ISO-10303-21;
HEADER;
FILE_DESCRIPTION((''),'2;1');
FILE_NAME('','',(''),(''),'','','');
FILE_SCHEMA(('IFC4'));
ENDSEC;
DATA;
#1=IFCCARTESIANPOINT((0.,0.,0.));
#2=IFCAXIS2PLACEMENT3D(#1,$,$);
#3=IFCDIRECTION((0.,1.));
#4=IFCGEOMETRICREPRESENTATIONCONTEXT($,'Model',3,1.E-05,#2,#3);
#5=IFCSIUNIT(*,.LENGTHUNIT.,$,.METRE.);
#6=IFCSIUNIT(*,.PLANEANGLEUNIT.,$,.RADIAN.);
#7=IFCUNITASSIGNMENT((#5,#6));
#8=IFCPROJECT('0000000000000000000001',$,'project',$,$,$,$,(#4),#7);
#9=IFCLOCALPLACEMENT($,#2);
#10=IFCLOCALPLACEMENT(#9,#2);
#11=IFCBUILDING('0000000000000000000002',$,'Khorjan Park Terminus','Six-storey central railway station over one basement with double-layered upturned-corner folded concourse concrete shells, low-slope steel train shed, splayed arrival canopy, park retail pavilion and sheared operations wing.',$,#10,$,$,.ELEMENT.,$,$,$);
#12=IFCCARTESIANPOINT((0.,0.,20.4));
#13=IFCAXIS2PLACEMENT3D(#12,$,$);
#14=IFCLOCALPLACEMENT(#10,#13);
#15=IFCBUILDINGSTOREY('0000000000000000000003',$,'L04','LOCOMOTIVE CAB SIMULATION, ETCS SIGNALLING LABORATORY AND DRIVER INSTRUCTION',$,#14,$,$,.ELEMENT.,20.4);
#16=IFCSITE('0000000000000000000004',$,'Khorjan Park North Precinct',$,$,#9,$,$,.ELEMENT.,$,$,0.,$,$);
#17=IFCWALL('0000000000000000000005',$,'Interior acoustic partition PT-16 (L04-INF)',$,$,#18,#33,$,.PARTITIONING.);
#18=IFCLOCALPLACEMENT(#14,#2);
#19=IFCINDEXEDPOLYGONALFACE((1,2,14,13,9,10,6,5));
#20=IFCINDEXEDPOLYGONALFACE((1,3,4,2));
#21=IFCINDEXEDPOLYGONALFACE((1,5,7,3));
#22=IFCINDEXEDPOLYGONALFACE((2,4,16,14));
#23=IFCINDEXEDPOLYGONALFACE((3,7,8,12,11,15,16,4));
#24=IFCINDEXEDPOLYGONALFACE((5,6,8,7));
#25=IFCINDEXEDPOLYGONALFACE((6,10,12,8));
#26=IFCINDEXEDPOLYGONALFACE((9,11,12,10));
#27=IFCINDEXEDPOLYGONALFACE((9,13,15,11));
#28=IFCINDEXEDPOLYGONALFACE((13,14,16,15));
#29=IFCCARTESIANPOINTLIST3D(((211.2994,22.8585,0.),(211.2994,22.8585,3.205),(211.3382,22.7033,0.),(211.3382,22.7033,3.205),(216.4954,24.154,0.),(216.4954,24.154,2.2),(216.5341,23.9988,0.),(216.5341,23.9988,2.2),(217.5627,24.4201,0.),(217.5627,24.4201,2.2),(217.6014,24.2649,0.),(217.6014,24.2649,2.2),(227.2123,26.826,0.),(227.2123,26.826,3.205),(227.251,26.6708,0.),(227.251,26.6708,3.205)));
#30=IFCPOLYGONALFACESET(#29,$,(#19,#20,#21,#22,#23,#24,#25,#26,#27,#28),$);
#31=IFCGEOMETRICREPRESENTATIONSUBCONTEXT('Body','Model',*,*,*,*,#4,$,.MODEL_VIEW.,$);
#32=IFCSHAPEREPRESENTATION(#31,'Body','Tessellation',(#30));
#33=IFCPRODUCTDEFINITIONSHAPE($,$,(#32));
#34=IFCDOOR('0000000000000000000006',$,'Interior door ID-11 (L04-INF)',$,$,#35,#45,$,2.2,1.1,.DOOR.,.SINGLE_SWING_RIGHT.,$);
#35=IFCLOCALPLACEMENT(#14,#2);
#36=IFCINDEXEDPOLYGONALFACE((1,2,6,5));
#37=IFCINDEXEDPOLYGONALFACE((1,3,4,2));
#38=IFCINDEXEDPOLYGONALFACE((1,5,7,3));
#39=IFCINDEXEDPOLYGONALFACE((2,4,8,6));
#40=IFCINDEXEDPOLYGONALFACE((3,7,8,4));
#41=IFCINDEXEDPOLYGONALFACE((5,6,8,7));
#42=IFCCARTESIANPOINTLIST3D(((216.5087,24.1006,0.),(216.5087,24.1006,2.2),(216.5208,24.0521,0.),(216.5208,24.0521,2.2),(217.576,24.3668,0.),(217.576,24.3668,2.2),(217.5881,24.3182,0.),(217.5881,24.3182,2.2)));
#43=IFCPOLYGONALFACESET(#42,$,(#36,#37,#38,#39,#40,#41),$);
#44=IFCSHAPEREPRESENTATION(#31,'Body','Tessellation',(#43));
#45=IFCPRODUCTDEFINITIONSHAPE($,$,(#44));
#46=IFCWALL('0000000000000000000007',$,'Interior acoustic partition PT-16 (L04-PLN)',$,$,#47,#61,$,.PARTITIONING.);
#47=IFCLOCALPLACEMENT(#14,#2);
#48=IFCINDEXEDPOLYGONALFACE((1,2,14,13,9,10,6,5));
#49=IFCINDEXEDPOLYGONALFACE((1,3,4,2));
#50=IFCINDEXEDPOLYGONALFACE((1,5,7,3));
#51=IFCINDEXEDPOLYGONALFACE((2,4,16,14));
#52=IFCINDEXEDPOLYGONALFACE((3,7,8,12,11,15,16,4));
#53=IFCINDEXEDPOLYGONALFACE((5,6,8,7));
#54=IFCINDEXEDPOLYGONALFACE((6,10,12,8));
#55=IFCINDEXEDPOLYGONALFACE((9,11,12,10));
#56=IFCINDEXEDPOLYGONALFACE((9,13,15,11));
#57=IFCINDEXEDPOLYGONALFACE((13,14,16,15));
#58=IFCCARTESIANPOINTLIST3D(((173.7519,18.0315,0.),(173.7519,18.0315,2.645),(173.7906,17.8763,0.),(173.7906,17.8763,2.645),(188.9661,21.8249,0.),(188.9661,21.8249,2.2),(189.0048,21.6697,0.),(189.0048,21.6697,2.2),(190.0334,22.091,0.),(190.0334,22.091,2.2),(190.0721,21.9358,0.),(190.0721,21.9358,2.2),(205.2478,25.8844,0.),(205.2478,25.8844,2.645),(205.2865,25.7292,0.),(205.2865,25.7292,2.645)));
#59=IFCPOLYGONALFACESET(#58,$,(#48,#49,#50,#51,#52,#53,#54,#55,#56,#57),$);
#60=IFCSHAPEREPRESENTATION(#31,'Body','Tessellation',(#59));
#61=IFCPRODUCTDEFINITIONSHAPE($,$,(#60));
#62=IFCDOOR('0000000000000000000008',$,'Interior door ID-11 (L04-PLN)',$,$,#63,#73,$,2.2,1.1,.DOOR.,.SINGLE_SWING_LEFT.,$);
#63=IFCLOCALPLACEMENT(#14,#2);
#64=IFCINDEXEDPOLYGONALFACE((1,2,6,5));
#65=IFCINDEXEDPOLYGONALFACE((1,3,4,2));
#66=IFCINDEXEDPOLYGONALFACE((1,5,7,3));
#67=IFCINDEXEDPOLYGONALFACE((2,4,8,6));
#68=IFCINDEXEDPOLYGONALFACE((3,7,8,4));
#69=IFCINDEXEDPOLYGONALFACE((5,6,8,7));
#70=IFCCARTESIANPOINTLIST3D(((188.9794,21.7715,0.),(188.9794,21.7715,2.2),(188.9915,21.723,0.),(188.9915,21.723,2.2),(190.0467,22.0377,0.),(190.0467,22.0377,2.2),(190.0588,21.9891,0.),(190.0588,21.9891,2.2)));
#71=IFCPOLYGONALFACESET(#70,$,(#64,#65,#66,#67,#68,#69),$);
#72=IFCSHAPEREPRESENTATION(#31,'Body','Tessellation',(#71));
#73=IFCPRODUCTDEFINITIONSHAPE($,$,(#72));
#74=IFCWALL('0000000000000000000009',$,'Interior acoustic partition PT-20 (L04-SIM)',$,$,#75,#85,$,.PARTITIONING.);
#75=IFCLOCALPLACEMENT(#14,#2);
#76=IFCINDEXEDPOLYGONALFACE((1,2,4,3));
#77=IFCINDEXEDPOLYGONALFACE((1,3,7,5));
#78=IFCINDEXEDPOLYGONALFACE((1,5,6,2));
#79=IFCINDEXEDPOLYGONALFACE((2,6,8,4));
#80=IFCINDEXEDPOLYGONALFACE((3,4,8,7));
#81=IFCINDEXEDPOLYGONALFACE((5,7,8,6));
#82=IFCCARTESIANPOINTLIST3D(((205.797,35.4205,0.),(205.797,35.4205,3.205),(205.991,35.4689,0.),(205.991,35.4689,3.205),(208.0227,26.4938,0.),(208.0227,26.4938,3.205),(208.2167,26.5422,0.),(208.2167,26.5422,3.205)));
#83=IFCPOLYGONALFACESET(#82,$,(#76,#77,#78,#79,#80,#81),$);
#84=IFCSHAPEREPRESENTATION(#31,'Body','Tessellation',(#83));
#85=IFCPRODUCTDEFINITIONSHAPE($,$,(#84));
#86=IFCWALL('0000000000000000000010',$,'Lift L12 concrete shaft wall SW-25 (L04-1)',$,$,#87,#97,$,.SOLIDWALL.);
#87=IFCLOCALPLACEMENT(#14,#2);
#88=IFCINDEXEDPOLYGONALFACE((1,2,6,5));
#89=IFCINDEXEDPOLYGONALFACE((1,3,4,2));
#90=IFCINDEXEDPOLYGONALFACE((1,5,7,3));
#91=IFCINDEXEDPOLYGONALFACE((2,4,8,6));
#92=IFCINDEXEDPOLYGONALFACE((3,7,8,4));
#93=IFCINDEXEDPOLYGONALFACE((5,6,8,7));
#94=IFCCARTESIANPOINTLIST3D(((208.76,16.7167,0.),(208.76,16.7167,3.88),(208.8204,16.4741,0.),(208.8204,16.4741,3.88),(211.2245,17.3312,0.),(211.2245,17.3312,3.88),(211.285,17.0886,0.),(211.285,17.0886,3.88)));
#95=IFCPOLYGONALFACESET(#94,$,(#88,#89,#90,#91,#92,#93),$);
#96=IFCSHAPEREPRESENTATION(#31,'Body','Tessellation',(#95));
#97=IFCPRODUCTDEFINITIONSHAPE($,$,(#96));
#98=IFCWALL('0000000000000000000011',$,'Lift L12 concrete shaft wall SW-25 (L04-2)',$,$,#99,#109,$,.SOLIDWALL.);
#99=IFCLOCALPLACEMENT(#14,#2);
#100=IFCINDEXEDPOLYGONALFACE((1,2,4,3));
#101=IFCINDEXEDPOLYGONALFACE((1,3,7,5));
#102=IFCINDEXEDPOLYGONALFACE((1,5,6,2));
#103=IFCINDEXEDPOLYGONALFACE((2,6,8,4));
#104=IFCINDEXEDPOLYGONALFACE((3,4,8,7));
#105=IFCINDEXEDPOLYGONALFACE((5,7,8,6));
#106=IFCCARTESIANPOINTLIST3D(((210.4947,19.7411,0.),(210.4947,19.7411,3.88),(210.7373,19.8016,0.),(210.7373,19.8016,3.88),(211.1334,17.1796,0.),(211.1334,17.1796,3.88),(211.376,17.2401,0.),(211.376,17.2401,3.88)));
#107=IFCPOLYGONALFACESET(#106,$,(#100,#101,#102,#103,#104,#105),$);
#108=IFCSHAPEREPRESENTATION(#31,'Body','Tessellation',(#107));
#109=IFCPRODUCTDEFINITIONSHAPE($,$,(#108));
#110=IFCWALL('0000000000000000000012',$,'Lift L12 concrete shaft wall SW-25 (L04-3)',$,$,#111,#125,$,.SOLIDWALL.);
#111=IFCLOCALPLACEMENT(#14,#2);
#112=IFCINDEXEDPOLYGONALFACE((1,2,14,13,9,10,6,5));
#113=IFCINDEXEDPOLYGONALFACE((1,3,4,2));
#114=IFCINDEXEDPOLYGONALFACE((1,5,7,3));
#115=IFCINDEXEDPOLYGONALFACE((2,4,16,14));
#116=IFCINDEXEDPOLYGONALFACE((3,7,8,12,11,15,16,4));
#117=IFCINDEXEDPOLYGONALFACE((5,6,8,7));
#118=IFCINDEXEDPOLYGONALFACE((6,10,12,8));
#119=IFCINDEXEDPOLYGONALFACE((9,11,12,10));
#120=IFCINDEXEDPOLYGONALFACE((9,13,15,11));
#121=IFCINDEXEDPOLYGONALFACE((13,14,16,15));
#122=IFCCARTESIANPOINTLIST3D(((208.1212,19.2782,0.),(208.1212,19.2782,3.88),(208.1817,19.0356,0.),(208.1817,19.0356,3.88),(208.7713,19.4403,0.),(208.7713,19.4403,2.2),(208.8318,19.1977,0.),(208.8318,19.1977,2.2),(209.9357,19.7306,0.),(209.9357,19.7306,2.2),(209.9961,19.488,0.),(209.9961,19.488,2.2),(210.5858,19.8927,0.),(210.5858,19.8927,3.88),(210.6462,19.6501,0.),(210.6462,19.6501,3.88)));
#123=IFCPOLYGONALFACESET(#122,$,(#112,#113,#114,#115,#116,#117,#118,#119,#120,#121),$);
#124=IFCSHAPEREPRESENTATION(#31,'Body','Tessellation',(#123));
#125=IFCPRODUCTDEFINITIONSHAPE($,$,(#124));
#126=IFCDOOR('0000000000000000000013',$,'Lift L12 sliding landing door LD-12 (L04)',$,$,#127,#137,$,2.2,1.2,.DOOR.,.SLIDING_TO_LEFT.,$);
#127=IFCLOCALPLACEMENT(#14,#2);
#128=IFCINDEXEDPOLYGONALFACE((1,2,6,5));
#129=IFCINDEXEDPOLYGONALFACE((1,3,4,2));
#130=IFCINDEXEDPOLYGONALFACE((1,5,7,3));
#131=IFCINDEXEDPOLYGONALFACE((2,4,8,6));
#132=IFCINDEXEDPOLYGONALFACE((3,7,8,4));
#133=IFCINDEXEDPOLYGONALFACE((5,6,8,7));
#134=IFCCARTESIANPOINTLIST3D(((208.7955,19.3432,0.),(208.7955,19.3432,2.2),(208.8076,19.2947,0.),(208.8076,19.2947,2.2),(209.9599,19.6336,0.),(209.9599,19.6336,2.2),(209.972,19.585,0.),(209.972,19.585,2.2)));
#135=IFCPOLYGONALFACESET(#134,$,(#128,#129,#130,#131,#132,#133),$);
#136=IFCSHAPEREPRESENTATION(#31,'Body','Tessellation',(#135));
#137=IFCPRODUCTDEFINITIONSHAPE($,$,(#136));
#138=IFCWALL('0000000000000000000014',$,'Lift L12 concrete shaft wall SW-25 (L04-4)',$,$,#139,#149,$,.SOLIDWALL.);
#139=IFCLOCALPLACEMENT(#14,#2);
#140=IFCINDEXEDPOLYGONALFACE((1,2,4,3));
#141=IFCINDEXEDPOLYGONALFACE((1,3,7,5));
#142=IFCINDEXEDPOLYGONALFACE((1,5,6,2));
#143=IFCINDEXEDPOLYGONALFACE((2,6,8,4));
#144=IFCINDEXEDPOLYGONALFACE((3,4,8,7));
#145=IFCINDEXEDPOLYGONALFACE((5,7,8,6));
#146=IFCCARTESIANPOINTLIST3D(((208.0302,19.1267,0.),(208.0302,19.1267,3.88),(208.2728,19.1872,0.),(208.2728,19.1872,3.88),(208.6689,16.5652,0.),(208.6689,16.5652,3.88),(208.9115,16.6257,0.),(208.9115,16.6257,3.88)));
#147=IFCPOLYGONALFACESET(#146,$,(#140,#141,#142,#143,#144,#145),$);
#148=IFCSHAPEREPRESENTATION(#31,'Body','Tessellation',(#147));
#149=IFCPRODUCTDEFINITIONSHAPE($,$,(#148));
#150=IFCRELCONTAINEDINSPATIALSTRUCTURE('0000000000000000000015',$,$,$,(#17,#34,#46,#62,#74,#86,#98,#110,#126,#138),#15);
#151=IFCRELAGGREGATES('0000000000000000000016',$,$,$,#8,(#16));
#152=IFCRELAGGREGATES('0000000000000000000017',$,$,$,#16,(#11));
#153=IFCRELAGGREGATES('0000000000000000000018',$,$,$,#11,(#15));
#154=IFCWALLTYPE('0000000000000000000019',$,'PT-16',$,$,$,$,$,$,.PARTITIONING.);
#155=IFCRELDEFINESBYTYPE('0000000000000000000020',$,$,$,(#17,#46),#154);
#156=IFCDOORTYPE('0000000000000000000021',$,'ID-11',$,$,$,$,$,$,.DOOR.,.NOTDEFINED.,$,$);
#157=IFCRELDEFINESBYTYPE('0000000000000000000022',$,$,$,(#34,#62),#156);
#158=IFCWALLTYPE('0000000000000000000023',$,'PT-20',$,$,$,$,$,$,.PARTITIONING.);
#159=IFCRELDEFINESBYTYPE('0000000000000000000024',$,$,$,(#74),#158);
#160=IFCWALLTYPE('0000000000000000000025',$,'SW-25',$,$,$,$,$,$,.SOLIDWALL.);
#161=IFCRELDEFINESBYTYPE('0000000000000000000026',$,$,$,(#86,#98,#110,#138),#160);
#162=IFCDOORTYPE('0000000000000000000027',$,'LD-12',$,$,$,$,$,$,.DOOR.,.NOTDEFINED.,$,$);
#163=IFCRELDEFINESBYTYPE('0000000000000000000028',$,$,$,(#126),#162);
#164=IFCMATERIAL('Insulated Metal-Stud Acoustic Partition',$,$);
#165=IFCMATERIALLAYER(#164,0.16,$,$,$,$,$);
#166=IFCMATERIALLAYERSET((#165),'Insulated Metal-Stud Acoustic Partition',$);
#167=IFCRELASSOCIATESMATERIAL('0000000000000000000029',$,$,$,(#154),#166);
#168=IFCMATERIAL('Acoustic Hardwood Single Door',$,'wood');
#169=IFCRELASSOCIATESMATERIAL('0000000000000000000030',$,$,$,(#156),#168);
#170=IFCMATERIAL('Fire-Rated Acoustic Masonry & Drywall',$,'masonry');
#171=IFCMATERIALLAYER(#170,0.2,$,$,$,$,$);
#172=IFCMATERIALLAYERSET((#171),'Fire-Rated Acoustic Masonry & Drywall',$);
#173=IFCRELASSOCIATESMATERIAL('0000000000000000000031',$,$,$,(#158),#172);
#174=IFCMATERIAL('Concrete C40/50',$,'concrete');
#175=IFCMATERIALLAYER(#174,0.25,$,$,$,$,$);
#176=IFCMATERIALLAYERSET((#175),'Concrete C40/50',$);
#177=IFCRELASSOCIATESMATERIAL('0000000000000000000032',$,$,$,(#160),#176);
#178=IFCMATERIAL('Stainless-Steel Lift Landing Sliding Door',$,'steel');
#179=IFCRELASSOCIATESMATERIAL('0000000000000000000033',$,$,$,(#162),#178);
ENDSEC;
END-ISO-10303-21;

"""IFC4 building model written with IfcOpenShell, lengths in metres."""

from ifc_helpers import new_model, si_unit, direction, frame, frame_2d, origin, place, context, subcontext, project, spatial, rectangle, extrude, material, layer, layer_set, type_object, element, fill, save


model = new_model("IFC4")

# Units and contexts
model_context = context("Model", 3, precision=1e-05, world=origin(), true_north=direction((0.0, 1.0)))
body_context = subcontext(model_context, "Body", "Model", "MODEL_VIEW")
ifc_project = project(units=[si_unit("LENGTHUNIT", "METRE"), si_unit("PLANEANGLEUNIT", "RADIAN")], contexts=[model_context])

# Site, building, storey
site_placement = place(None, origin())
site = spatial("IfcSite", under=ifc_project, at=site_placement, Name="Khorjan Park North Precinct", CompositionType="ELEMENT", RefElevation=0.0)
building_placement = place(site_placement, origin())
building = spatial("IfcBuilding", under=site, at=building_placement, Name="Khorjan Park Terminus", Description="Six-storey central railway station over one basement with double-layered upturned-corner folded concourse concrete shells, low-slope steel train shed, splayed arrival canopy, park retail pavilion and sheared operations wing.", CompositionType="ELEMENT")
storey_placement = place(building_placement, frame((0.0, 0.0, 20.4)))
storey = spatial("IfcBuildingStorey", under=building, at=storey_placement, Name="L04", Description="LOCOMOTIVE CAB SIMULATION, ETCS SIGNALLING LABORATORY AND DRIVER INSTRUCTION", CompositionType="ELEMENT", Elevation=20.4)

# Walls, openings, doors
ifc_material_1 = material(Name="Insulated Metal-Stud Acoustic Partition")
ifc_layer_1 = layer(ifc_material_1, 0.16)
ifc_layer_set_1 = layer_set([ifc_layer_1], Name="Insulated Metal-Stud Acoustic Partition")
wall_type_1 = type_object("IfcWallType", Name="PT-16", PredefinedType="PARTITIONING", material=ifc_layer_set_1)
wall_1_placement = place(storey_placement, frame((211.3188, 22.7809, 0.0), z_axis=(0.0, 0.0, 1.0), x_axis=(0.970296, 0.24192, 0.0)))
wall_1 = element("IfcWall", 1, at=wall_1_placement, inside=storey, type_object=wall_type_1, Name="Interior acoustic partition PT-16 (L04-INF)", PredefinedType="PARTITIONING", context=body_context, shape_type="SweptSolid", body=[
    extrude(rectangle(XDim=16.4, YDim=0.16, at=frame_2d((8.2, 0.0))), origin(), (0.0, 0.0, 1.0), 3.205),
])
opening_1_placement = place(wall_1_placement, frame((5.355, 0.0, 0.0)))
opening_1 = element("IfcOpeningElement", 2, at=opening_1_placement, cuts=wall_1, PredefinedType="OPENING", context=body_context, shape_type="SweptSolid", body=[
    extrude(rectangle(XDim=1.1, YDim=2.2, at=frame_2d((0.55, 1.1))), frame((0.0, 0.09, 0.0), z_axis=(0.0, -1.0, 0.0), x_axis=(1.0, 0.0, 0.0)), (0.0, 0.0, 1.0), 0.18),
])
ifc_material_2 = material(Name="Acoustic Hardwood Single Door", Category="wood")
door_type_1 = type_object("IfcDoorType", Name="ID-11", OperationType="NOTDEFINED", PredefinedType="DOOR", material=ifc_material_2)
door_1_placement = place(opening_1_placement, origin())
door_1 = element("IfcDoor", 3, at=door_1_placement, inside=storey, type_object=door_type_1, Name="Interior door ID-11 (L04-INF)", OperationType="SINGLE_SWING_RIGHT", OverallHeight=2.2, OverallWidth=1.1, PredefinedType="DOOR", context=body_context, shape_type="SweptSolid", body=[
    extrude(rectangle(XDim=1.1, YDim=2.2, at=frame_2d((0.55, 1.1))), frame((0.0, 0.025, 0.0), z_axis=(0.0, -1.0, 0.0), x_axis=(1.0, 0.0, 0.0)), (0.0, 0.0, 1.0), 0.05),
])
fill(opening_1, door_1)
wall_2_placement = place(storey_placement, frame((205.2671, 25.8068, 0.0), z_axis=(0.0, 0.0, 1.0), x_axis=(-0.970295, -0.241925, 0.0)))
wall_2 = element("IfcWall", 4, at=wall_2_placement, inside=storey, type_object=wall_type_1, Name="Interior acoustic partition PT-16 (L04-PLN)", PredefinedType="PARTITIONING", context=body_context, shape_type="SweptSolid", body=[
    extrude(rectangle(XDim=32.4601, YDim=0.16, at=frame_2d((16.23, 0.0))), origin(), (0.0, 0.0, 1.0), 2.645),
])
opening_2_placement = place(wall_2_placement, frame((15.6801, 0.0, 0.0)))
opening_2 = element("IfcOpeningElement", 5, at=opening_2_placement, cuts=wall_2, PredefinedType="OPENING", context=body_context, shape_type="SweptSolid", body=[
    extrude(rectangle(XDim=1.1, YDim=2.2, at=frame_2d((0.55, 1.1))), frame((0.0, 0.09, 0.0), z_axis=(0.0, -1.0, 0.0), x_axis=(1.0, 0.0, 0.0)), (0.0, 0.0, 1.0), 0.18),
])
door_2_placement = place(opening_2_placement, origin())
door_2 = element("IfcDoor", 6, at=door_2_placement, inside=storey, type_object=door_type_1, Name="Interior door ID-11 (L04-PLN)", OperationType="SINGLE_SWING_LEFT", OverallHeight=2.2, OverallWidth=1.1, PredefinedType="DOOR", context=body_context, shape_type="SweptSolid", body=[
    extrude(rectangle(XDim=1.1, YDim=2.2, at=frame_2d((0.55, 1.1))), frame((0.0, 0.025, 0.0), z_axis=(0.0, -1.0, 0.0), x_axis=(1.0, 0.0, 0.0)), (0.0, 0.0, 1.0), 0.05),
])
fill(opening_2, door_2)

# Walls
ifc_material_3 = material(Name="Fire-Rated Acoustic Masonry & Drywall", Category="masonry")
ifc_layer_2 = layer(ifc_material_3, 0.2)
ifc_layer_set_2 = layer_set([ifc_layer_2], Name="Fire-Rated Acoustic Masonry & Drywall")
wall_type_2 = type_object("IfcWallType", Name="PT-20", PredefinedType="PARTITIONING", material=ifc_layer_set_2)
wall_3_placement = place(storey_placement, frame((208.1197, 26.518, 0.0), z_axis=(0.0, 0.0, 1.0), x_axis=(-0.241924, 0.970295, 0.0)))
element("IfcWall", 7, at=wall_3_placement, inside=storey, type_object=wall_type_2, Name="Interior acoustic partition PT-20 (L04-SIM)", PredefinedType="PARTITIONING", context=body_context, shape_type="SweptSolid", body=[
    extrude(rectangle(XDim=9.2, YDim=0.2, at=frame_2d((4.6, 0.0))), origin(), (0.0, 0.0, 1.0), 3.205),
])
ifc_material_4 = material(Name="Concrete C40/50", Category="concrete")
ifc_layer_3 = layer(ifc_material_4, 0.25)
ifc_layer_set_3 = layer_set([ifc_layer_3], Name="Concrete C40/50")
wall_type_3 = type_object("IfcWallType", Name="SW-25", PredefinedType="SOLIDWALL", material=ifc_layer_set_3)
wall_4_placement = place(storey_placement, frame((208.7902, 16.5954, 0.0), z_axis=(0.0, 0.0, 1.0), x_axis=(0.970293, 0.241933, 0.0)))
element("IfcWall", 8, at=wall_4_placement, inside=storey, type_object=wall_type_3, Name="Lift L12 concrete shaft wall SW-25 (L04-1)", PredefinedType="SOLIDWALL", context=body_context, shape_type="SweptSolid", body=[
    extrude(rectangle(XDim=2.54, YDim=0.25, at=frame_2d((1.27, 0.0))), origin(), (0.0, 0.0, 1.0), 3.88),
])
wall_5_placement = place(storey_placement, frame((211.2547, 17.2099, 0.0), z_axis=(0.0, 0.0, 1.0), x_axis=(-0.241938, 0.970292, 0.0)))
element("IfcWall", 9, at=wall_5_placement, inside=storey, type_object=wall_type_3, Name="Lift L12 concrete shaft wall SW-25 (L04-2)", PredefinedType="SOLIDWALL", context=body_context, shape_type="SweptSolid", body=[
    extrude(rectangle(XDim=2.6399, YDim=0.25, at=frame_2d((1.3199, 0.0))), origin(), (0.0, 0.0, 1.0), 3.88),
])

# Wall, opening, door
wall_6_placement = place(storey_placement, frame((210.616, 19.7714, 0.0), z_axis=(0.0, 0.0, 1.0), x_axis=(-0.970293, -0.241933, 0.0)))
wall_6 = element("IfcWall", 10, at=wall_6_placement, inside=storey, type_object=wall_type_3, Name="Lift L12 concrete shaft wall SW-25 (L04-3)", PredefinedType="SOLIDWALL", context=body_context, shape_type="SweptSolid", body=[
    extrude(rectangle(XDim=2.54, YDim=0.25, at=frame_2d((1.27, 0.0))), origin(), (0.0, 0.0, 1.0), 3.88),
])
opening_3_placement = place(wall_6_placement, frame((0.67, 0.0, 0.0)))
opening_3 = element("IfcOpeningElement", 11, at=opening_3_placement, cuts=wall_6, PredefinedType="OPENING", context=body_context, shape_type="SweptSolid", body=[
    extrude(rectangle(XDim=1.2, YDim=2.2, at=frame_2d((0.6, 1.1))), frame((0.0, 0.135, 0.0), z_axis=(0.0, -1.0, 0.0), x_axis=(1.0, 0.0, 0.0)), (0.0, 0.0, 1.0), 0.27),
])
ifc_material_5 = material(Name="Stainless-Steel Lift Landing Sliding Door", Category="steel")
door_type_2 = type_object("IfcDoorType", Name="LD-12", OperationType="NOTDEFINED", PredefinedType="DOOR", material=ifc_material_5)
door_3_placement = place(opening_3_placement, origin())
door_3 = element("IfcDoor", 12, at=door_3_placement, inside=storey, type_object=door_type_2, Name="Lift L12 sliding landing door LD-12 (L04)", OperationType="SLIDING_TO_LEFT", OverallHeight=2.2, OverallWidth=1.2, PredefinedType="DOOR", context=body_context, shape_type="SweptSolid", body=[
    extrude(rectangle(XDim=1.2, YDim=2.2, at=frame_2d((0.6, 1.1))), frame((0.0, 0.025, 0.0), z_axis=(0.0, -1.0, 0.0), x_axis=(1.0, 0.0, 0.0)), (0.0, 0.0, 1.0), 0.05),
])
fill(opening_3, door_3)

# Wall
wall_7_placement = place(storey_placement, frame((208.1515, 19.1569, 0.0), z_axis=(0.0, 0.0, 1.0), x_axis=(0.241938, -0.970292, 0.0)))
element("IfcWall", 13, at=wall_7_placement, inside=storey, type_object=wall_type_3, Name="Lift L12 concrete shaft wall SW-25 (L04-4)", PredefinedType="SOLIDWALL", context=body_context, shape_type="SweptSolid", body=[
    extrude(rectangle(XDim=2.6399, YDim=0.25, at=frame_2d((1.3199, 0.0))), origin(), (0.0, 0.0, 1.0), 3.88),
])

save(model, "model.ifc")
